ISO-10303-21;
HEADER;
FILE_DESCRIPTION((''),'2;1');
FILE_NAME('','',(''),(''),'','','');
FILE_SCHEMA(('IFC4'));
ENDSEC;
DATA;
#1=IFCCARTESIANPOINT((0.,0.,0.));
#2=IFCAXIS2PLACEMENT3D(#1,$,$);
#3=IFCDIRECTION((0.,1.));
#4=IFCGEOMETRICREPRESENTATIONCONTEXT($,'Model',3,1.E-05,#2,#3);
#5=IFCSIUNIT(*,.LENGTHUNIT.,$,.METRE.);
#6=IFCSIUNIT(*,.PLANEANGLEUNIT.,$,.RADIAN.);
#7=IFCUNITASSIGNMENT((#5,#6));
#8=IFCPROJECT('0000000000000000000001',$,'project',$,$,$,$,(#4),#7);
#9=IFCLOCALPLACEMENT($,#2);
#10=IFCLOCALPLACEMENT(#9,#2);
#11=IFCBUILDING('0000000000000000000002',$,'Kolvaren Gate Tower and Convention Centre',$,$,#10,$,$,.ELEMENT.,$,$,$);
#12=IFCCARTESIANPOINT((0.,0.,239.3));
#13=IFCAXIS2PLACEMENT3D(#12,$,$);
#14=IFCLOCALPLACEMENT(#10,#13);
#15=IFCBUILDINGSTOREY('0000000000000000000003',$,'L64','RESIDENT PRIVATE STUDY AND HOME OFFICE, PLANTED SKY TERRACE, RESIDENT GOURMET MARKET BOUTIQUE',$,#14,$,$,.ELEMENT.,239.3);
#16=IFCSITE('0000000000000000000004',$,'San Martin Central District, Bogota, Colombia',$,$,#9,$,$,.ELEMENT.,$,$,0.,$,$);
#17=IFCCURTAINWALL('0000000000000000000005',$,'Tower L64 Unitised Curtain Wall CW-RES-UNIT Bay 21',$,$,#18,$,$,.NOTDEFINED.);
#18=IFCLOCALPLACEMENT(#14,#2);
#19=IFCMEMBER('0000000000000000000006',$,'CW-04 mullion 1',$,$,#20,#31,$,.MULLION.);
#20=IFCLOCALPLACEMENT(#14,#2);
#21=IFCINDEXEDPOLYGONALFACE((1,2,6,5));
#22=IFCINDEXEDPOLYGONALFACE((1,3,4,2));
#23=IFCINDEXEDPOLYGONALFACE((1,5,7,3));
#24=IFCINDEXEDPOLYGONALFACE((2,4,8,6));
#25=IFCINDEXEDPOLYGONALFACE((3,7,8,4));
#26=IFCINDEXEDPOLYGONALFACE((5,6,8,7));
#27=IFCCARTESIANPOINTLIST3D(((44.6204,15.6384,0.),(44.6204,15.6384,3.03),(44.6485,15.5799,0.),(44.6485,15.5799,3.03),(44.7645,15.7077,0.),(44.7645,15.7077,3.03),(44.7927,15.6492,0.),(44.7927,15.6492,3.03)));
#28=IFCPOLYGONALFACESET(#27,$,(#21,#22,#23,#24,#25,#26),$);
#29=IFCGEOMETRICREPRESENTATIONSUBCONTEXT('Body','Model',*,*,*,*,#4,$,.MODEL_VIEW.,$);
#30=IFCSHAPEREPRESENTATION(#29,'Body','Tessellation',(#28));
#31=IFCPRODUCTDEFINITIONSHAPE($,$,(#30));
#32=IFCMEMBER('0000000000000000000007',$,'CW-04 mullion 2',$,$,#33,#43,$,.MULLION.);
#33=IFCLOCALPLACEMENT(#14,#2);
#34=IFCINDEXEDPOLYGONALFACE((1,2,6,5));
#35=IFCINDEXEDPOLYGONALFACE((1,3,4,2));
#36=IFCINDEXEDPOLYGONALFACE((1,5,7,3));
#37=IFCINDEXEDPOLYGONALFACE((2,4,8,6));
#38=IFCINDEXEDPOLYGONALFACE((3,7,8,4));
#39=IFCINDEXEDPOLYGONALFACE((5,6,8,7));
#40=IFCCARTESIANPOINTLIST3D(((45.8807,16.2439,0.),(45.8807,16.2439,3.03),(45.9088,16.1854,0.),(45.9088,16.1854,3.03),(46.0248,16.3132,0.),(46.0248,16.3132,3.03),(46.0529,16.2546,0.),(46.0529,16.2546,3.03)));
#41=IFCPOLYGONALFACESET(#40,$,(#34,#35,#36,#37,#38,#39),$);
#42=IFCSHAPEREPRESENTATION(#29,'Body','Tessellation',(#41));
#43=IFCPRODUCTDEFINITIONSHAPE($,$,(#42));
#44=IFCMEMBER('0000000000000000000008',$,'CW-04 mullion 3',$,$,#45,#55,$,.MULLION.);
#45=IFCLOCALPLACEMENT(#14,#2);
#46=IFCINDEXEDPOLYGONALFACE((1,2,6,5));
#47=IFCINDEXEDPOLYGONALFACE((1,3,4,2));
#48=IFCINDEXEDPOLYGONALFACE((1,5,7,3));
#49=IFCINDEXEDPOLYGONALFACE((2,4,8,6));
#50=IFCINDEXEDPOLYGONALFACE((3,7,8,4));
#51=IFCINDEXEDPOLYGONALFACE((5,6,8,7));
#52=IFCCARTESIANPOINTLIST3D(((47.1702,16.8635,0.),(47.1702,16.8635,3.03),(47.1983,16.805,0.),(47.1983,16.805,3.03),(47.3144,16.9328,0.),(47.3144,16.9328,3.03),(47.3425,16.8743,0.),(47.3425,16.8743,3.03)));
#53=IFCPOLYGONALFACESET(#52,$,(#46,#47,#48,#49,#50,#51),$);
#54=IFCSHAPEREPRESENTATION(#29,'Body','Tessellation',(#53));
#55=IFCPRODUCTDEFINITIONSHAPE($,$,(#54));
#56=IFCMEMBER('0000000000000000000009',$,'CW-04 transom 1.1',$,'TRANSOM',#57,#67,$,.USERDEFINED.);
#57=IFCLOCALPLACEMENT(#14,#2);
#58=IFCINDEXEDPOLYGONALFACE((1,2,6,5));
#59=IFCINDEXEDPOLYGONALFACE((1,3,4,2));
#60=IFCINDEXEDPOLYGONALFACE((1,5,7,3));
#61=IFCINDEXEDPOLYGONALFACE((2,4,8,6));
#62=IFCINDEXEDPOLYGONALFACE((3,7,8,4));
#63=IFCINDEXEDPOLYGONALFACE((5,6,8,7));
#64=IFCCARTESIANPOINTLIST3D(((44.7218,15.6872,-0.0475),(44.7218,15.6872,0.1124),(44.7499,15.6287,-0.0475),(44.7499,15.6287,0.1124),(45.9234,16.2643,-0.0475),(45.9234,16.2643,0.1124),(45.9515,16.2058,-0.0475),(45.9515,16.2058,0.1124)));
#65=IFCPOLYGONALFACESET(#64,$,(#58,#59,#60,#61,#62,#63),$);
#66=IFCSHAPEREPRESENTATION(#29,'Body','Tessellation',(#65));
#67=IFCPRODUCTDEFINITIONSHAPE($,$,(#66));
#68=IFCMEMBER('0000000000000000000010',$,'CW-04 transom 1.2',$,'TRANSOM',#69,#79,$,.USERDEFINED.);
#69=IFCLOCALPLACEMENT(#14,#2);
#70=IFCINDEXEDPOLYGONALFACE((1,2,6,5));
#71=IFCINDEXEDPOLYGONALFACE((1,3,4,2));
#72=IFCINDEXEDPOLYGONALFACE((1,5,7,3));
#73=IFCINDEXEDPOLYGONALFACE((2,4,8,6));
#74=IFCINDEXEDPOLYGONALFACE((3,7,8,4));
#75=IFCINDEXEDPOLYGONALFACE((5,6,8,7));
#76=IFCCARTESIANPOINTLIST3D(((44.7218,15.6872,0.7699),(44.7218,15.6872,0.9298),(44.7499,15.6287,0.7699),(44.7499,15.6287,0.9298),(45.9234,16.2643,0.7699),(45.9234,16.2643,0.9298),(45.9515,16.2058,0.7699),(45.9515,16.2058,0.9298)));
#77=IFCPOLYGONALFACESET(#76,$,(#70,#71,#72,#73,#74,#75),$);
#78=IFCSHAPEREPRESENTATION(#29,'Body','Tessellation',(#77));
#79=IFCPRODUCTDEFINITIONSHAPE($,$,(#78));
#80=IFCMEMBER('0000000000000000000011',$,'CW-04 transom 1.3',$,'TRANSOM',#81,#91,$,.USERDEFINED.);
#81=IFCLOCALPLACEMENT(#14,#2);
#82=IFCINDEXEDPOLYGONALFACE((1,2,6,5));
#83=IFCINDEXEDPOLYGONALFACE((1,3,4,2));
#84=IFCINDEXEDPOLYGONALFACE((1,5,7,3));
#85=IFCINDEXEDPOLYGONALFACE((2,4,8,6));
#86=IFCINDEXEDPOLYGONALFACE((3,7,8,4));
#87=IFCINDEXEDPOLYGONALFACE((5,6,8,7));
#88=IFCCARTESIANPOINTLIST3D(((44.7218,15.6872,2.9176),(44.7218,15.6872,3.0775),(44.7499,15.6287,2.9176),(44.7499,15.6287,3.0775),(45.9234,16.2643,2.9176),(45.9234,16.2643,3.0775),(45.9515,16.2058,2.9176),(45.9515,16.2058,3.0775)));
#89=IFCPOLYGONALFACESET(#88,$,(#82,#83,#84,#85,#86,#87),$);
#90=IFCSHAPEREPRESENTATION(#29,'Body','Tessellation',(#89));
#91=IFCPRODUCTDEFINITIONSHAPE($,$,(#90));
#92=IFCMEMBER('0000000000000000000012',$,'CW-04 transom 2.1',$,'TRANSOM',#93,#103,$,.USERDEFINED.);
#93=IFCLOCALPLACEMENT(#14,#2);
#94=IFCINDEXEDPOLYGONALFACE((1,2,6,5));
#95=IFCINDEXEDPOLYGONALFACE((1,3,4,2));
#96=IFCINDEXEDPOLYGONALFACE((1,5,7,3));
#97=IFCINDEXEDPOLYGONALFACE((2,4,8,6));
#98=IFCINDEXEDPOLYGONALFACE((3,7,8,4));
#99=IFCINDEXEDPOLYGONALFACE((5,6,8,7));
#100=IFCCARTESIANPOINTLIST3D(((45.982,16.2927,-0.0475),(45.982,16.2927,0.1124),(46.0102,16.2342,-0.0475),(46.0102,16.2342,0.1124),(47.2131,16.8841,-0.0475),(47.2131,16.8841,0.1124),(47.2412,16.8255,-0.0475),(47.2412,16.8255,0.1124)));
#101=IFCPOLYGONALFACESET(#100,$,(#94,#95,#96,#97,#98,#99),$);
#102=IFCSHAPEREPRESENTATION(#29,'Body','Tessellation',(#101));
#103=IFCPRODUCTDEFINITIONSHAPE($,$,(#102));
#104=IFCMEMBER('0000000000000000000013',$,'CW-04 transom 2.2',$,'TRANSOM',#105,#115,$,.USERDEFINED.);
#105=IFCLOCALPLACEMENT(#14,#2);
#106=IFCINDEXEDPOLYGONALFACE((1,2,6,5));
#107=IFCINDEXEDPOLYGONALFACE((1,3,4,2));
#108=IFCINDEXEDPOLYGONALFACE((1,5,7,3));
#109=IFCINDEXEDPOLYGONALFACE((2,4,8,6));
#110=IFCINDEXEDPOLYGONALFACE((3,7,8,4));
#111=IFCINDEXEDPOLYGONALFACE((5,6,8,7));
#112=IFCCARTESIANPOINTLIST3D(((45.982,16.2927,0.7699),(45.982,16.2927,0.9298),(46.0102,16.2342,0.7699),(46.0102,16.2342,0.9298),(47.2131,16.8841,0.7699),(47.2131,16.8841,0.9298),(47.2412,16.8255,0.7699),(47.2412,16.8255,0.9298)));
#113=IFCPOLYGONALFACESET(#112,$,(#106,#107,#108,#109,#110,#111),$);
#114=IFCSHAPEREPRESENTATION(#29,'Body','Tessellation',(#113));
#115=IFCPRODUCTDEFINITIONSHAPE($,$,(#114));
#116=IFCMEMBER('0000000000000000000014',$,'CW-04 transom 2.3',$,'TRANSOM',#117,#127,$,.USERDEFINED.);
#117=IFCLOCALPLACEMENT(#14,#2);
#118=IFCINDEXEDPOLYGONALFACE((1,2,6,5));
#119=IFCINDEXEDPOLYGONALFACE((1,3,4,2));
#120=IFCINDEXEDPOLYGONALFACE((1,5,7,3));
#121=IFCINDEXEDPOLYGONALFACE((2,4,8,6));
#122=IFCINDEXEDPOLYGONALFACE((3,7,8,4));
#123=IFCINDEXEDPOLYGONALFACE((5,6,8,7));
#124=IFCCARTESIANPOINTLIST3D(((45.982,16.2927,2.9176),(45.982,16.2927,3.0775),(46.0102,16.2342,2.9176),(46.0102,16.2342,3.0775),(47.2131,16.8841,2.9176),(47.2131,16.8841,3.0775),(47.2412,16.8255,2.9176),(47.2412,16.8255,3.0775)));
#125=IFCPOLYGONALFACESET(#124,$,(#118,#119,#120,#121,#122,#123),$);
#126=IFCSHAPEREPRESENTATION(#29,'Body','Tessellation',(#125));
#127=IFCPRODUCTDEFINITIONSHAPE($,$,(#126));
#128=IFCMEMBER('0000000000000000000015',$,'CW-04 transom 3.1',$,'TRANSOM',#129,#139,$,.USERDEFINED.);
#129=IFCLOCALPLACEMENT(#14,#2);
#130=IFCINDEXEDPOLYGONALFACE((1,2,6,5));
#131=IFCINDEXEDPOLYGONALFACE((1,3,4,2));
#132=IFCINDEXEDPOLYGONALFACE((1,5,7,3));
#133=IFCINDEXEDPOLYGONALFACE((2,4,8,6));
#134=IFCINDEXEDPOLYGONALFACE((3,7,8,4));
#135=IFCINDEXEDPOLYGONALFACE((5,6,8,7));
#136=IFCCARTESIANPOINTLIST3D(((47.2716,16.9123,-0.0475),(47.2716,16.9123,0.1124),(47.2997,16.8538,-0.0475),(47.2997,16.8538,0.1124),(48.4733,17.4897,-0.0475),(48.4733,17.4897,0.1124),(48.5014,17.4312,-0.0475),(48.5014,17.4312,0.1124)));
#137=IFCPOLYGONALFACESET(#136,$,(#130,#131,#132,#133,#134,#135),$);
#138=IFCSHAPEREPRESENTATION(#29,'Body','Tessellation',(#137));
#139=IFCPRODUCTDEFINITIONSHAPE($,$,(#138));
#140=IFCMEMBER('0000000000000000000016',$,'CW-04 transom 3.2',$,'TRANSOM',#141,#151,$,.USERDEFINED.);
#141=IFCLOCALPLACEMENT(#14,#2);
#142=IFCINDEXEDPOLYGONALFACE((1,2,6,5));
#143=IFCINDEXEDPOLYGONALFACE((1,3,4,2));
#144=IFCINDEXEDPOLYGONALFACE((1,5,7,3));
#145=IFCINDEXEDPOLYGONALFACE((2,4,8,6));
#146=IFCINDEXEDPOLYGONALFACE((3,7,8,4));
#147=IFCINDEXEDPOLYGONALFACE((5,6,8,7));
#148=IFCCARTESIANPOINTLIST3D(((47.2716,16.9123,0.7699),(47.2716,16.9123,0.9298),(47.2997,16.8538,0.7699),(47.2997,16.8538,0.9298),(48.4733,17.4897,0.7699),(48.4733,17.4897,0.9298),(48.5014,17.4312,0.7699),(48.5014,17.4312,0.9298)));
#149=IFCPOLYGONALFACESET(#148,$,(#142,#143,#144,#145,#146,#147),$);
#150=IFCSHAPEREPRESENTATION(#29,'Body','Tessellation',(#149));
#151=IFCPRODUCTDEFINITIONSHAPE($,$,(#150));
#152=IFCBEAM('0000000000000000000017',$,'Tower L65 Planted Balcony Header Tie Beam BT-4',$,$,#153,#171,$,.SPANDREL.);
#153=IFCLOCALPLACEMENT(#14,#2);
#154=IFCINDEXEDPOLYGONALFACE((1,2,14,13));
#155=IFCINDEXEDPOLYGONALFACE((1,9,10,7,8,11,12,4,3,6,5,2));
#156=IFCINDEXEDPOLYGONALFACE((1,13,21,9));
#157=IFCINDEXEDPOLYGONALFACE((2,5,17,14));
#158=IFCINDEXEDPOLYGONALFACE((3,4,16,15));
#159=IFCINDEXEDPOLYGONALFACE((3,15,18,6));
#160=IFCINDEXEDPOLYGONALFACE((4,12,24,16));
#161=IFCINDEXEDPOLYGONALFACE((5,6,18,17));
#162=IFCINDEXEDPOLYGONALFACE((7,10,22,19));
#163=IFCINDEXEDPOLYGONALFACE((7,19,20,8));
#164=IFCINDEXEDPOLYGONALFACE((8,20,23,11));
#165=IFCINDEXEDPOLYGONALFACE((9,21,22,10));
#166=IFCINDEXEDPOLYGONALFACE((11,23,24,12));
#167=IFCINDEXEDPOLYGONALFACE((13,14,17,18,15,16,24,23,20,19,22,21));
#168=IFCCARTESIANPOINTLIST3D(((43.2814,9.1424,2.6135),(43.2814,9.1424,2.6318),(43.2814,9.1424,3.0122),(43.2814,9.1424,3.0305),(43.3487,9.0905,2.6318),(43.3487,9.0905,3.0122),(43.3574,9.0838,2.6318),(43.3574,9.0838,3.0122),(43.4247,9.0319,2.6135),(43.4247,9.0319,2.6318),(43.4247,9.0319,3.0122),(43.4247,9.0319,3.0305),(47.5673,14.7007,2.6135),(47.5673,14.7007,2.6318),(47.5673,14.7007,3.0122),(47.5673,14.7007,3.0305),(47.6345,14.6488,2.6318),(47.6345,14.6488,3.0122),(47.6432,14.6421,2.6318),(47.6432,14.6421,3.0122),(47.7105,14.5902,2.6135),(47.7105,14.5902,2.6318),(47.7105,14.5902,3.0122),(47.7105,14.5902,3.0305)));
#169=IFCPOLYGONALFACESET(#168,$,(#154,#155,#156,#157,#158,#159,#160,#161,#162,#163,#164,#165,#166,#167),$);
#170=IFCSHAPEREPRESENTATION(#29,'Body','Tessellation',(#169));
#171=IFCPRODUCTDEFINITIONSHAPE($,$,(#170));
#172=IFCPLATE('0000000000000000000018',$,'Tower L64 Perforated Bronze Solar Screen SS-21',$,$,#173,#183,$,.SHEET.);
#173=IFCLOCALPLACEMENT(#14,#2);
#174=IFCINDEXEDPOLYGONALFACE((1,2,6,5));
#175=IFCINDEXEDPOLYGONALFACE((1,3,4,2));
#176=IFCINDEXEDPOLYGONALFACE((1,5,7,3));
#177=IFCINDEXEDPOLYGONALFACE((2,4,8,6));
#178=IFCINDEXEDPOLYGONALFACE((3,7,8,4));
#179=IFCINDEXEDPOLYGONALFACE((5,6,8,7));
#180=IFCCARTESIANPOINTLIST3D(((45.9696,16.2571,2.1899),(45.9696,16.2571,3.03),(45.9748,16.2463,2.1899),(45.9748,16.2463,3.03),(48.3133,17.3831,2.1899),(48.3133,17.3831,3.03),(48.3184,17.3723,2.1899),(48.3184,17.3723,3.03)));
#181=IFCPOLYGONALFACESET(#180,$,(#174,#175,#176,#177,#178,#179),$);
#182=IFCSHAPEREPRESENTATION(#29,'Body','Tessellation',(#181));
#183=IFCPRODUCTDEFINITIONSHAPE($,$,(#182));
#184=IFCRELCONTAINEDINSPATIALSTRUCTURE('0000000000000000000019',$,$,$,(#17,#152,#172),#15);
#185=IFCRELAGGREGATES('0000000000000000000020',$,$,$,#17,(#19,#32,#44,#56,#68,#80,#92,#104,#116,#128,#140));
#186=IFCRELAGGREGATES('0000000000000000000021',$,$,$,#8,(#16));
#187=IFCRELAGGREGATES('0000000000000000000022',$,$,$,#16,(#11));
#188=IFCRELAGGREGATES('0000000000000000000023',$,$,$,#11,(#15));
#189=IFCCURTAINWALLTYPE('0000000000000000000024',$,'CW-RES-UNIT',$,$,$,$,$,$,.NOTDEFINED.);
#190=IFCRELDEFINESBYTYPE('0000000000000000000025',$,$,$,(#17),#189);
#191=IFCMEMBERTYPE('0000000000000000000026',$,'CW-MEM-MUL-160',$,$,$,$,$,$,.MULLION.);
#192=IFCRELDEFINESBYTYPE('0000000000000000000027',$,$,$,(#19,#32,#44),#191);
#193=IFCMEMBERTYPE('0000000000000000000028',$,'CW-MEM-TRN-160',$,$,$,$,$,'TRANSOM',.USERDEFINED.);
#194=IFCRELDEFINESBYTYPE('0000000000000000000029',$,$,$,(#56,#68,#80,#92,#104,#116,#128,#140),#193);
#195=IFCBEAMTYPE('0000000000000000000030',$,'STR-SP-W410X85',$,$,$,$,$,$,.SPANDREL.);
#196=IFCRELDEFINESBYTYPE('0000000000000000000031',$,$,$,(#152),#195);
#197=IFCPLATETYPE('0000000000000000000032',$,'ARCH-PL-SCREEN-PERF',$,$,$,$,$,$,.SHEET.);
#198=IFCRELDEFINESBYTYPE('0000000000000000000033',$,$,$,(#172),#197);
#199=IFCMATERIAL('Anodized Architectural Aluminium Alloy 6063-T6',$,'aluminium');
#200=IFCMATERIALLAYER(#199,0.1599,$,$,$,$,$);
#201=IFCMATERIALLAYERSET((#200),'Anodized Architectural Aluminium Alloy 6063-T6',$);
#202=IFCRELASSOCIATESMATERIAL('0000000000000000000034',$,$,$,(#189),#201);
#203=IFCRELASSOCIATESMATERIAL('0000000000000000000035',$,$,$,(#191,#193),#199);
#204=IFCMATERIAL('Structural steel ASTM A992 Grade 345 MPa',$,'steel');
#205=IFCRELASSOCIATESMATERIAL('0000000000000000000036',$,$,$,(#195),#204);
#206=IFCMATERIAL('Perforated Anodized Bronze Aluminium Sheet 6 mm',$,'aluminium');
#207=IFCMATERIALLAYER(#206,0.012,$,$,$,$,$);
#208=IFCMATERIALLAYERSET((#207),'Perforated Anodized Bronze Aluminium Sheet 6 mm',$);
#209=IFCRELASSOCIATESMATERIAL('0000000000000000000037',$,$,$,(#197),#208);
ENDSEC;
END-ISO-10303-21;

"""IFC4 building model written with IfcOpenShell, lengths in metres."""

from ifc_helpers import new_model, si_unit, direction, frame, origin, origin_2d, place, context, subcontext, project, spatial, rectangle, i_section, extrude, material, layer, layer_set, material_profile, profile_set, type_object, element, aggregate, save


model = new_model("IFC4")

# Units and contexts
model_context = context("Model", 3, precision=1e-05, world=origin(), true_north=direction((0.0, 1.0)))
body_context = subcontext(model_context, "Body", "Model", "MODEL_VIEW")
ifc_project = project(units=[si_unit("LENGTHUNIT", "METRE"), si_unit("PLANEANGLEUNIT", "RADIAN")], contexts=[model_context])

# Site, building, storey
site_placement = place(None, origin())
site = spatial("IfcSite", under=ifc_project, at=site_placement, Name="San Martin Central District, Bogota, Colombia", CompositionType="ELEMENT", RefElevation=0.0)
building_placement = place(site_placement, origin())
building = spatial("IfcBuilding", under=site, at=building_placement, Name="Kolvaren Gate Tower and Convention Centre", CompositionType="ELEMENT")
storey_placement = place(building_placement, frame((0.0, 0.0, 239.3)))
storey = spatial("IfcBuildingStorey", under=building, at=storey_placement, Name="L64", Description="RESIDENT PRIVATE STUDY AND HOME OFFICE, PLANTED SKY TERRACE, RESIDENT GOURMET MARKET BOUTIQUE", CompositionType="ELEMENT", Elevation=239.3)

# Curtain wall, members
ifc_material_1 = material(Name="Anodized Architectural Aluminium Alloy 6063-T6", Category="aluminium")
ifc_layer_1 = layer(ifc_material_1, 0.1599)
ifc_layer_set_1 = layer_set([ifc_layer_1], Name="Anodized Architectural Aluminium Alloy 6063-T6")
curtain_wall_type = type_object("IfcCurtainWallType", Name="CW-RES-UNIT", PredefinedType="NOTDEFINED", material=ifc_layer_set_1)
curtain_wall_placement = place(storey_placement, origin())
curtain_wall = element("IfcCurtainWall", 1, at=curtain_wall_placement, inside=storey, type_object=curtain_wall_type, Name="Tower L64 Unitised Curtain Wall CW-RES-UNIT Bay 21", PredefinedType="NOTDEFINED")
ifc_material_profile_1 = material_profile(ifc_material_1, rectangle(XDim=0.0649, YDim=0.1599, at=origin_2d()), Name="CW-MEM-MUL-160")
ifc_profile_set_1 = profile_set([ifc_material_profile_1], Name="Anodized Architectural Aluminium Alloy 6063-T6")
member_type_1 = type_object("IfcMemberType", Name="CW-MEM-MUL-160", PredefinedType="MULLION", material=ifc_profile_set_1)
member_1_placement = place(storey_placement, frame((44.7065, 15.6438, 0.0), z_axis=(0.0, 0.0, 1.0), x_axis=(-0.433086, 0.901353, 0.0)))
member_1 = element("IfcMember", 2, at=member_1_placement, type_object=member_type_1, Name="CW-04 mullion 1", PredefinedType="MULLION", context=body_context, shape_type="SweptSolid", body=[
    extrude(rectangle(XDim=0.0649, YDim=0.1599, at=origin_2d()), origin(), (0.0, 0.0, 1.0), 3.03),
])
member_2_placement = place(storey_placement, frame((45.9668, 16.2493, 0.0), z_axis=(0.0, 0.0, 1.0), x_axis=(-0.433086, 0.901353, 0.0)))
member_2 = element("IfcMember", 3, at=member_2_placement, type_object=member_type_1, Name="CW-04 mullion 2", PredefinedType="MULLION", context=body_context, shape_type="SweptSolid", body=[
    extrude(rectangle(XDim=0.0649, YDim=0.1599, at=origin_2d()), origin(), (0.0, 0.0, 1.0), 3.03),
])
member_3_placement = place(storey_placement, frame((47.2563, 16.8689, 0.0), z_axis=(0.0, 0.0, 1.0), x_axis=(-0.433086, 0.901353, 0.0)))
member_3 = element("IfcMember", 4, at=member_3_placement, type_object=member_type_1, Name="CW-04 mullion 3", PredefinedType="MULLION", context=body_context, shape_type="SweptSolid", body=[
    extrude(rectangle(XDim=0.0649, YDim=0.1599, at=origin_2d()), origin(), (0.0, 0.0, 1.0), 3.03),
])
ifc_material_profile_2 = material_profile(ifc_material_1, rectangle(XDim=0.0649, YDim=0.1599, at=origin_2d()), Name="CW-MEM-TRN-160")
ifc_profile_set_2 = profile_set([ifc_material_profile_2], Name="Anodized Architectural Aluminium Alloy 6063-T6")
member_type_2 = type_object("IfcMemberType", Name="CW-MEM-TRN-160", ElementType="TRANSOM", PredefinedType="USERDEFINED", material=ifc_profile_set_2)
member_4_placement = place(storey_placement, frame((44.7358, 15.658, 0.0325), z_axis=(0.90142, 0.432945, 0.0), x_axis=(-0.432945, 0.90142, 0.0)))
member_4 = element("IfcMember", 5, at=member_4_placement, type_object=member_type_2, Name="CW-04 transom 1.1", ObjectType="TRANSOM", PredefinedType="USERDEFINED", context=body_context, shape_type="SweptSolid", body=[
    extrude(rectangle(XDim=0.0649, YDim=0.1599, at=origin_2d()), origin(), (0.0, 0.0, 1.0), 1.333),
])
member_5_placement = place(storey_placement, frame((44.7358, 15.658, 0.8499), z_axis=(0.90142, 0.432945, 0.0), x_axis=(-0.432945, 0.90142, 0.0)))
member_5 = element("IfcMember", 6, at=member_5_placement, type_object=member_type_2, Name="CW-04 transom 1.2", ObjectType="TRANSOM", PredefinedType="USERDEFINED", context=body_context, shape_type="SweptSolid", body=[
    extrude(rectangle(XDim=0.0649, YDim=0.1599, at=origin_2d()), origin(), (0.0, 0.0, 1.0), 1.333),
])
member_6_placement = place(storey_placement, frame((44.7358, 15.658, 2.9976), z_axis=(0.90142, 0.432945, 0.0), x_axis=(-0.432945, 0.90142, 0.0)))
member_6 = element("IfcMember", 7, at=member_6_placement, type_object=member_type_2, Name="CW-04 transom 1.3", ObjectType="TRANSOM", PredefinedType="USERDEFINED", context=body_context, shape_type="SweptSolid", body=[
    extrude(rectangle(XDim=0.0649, YDim=0.1599, at=origin_2d()), origin(), (0.0, 0.0, 1.0), 1.333),
])
member_7_placement = place(storey_placement, frame((45.9961, 16.2634, 0.0325), z_axis=(0.901395, 0.432998, 0.0), x_axis=(-0.432998, 0.901395, 0.0)))
member_7 = element("IfcMember", 8, at=member_7_placement, type_object=member_type_2, Name="CW-04 transom 2.1", ObjectType="TRANSOM", PredefinedType="USERDEFINED", context=body_context, shape_type="SweptSolid", body=[
    extrude(rectangle(XDim=0.0649, YDim=0.1599, at=origin_2d()), origin(), (0.0, 0.0, 1.0), 1.3657),
])
member_8_placement = place(storey_placement, frame((45.9961, 16.2634, 0.8499), z_axis=(0.901395, 0.432998, 0.0), x_axis=(-0.432998, 0.901395, 0.0)))
member_8 = element("IfcMember", 9, at=member_8_placement, type_object=member_type_2, Name="CW-04 transom 2.2", ObjectType="TRANSOM", PredefinedType="USERDEFINED", context=body_context, shape_type="SweptSolid", body=[
    extrude(rectangle(XDim=0.0649, YDim=0.1599, at=origin_2d()), origin(), (0.0, 0.0, 1.0), 1.3657),
])
member_9_placement = place(storey_placement, frame((45.9961, 16.2634, 2.9976), z_axis=(0.901395, 0.432998, 0.0), x_axis=(-0.432998, 0.901395, 0.0)))
member_9 = element("IfcMember", 10, at=member_9_placement, type_object=member_type_2, Name="CW-04 transom 2.3", ObjectType="TRANSOM", PredefinedType="USERDEFINED", context=body_context, shape_type="SweptSolid", body=[
    extrude(rectangle(XDim=0.0649, YDim=0.1599, at=origin_2d()), origin(), (0.0, 0.0, 1.0), 1.3657),
])
member_10_placement = place(storey_placement, frame((47.2856, 16.8831, 0.0325), z_axis=(0.901349, 0.433094, 0.0), x_axis=(-0.433094, 0.901349, 0.0)))
member_10 = element("IfcMember", 11, at=member_10_placement, type_object=member_type_2, Name="CW-04 transom 3.1", ObjectType="TRANSOM", PredefinedType="USERDEFINED", context=body_context, shape_type="SweptSolid", body=[
    extrude(rectangle(XDim=0.0649, YDim=0.1599, at=origin_2d()), origin(), (0.0, 0.0, 1.0), 1.3333),
])
member_11_placement = place(storey_placement, frame((47.2856, 16.8831, 0.8499), z_axis=(0.901349, 0.433094, 0.0), x_axis=(-0.433094, 0.901349, 0.0)))
member_11 = element("IfcMember", 12, at=member_11_placement, type_object=member_type_2, Name="CW-04 transom 3.2", ObjectType="TRANSOM", PredefinedType="USERDEFINED", context=body_context, shape_type="SweptSolid", body=[
    extrude(rectangle(XDim=0.0649, YDim=0.1599, at=origin_2d()), origin(), (0.0, 0.0, 1.0), 1.3333),
])

# Beam
ifc_material_2 = material(Name="Structural steel ASTM A992 Grade 345 MPa", Category="steel")
ifc_material_profile_3 = material_profile(ifc_material_2, i_section(OverallWidth=0.1809, OverallDepth=0.417, WebThickness=0.011, FlangeThickness=0.0183, at=origin_2d()), Name="W410X85")
ifc_profile_set_3 = profile_set([ifc_material_profile_3], Name="Structural steel ASTM A992 Grade 345 MPa")
beam_type = type_object("IfcBeamType", Name="STR-SP-W410X85", PredefinedType="SPANDREL", material=ifc_profile_set_3)
beam_placement = place(storey_placement, frame((43.353, 9.0872, 2.822), z_axis=(0.610626, 0.791919, 0.0), x_axis=(-0.791919, 0.610626, 0.0)))
element("IfcBeam", 13, at=beam_placement, inside=storey, type_object=beam_type, Name="Tower L65 Planted Balcony Header Tie Beam BT-4", PredefinedType="SPANDREL", context=body_context, shape_type="SweptSolid", body=[
    extrude(i_section(OverallWidth=0.1809, OverallDepth=0.417, WebThickness=0.011, FlangeThickness=0.0183, at=origin_2d()), origin(), (0.0, 0.0, 1.0), 7.0188),
])

# Plate
ifc_material_3 = material(Name="Perforated Anodized Bronze Aluminium Sheet 6 mm", Category="aluminium")
ifc_layer_2 = layer(ifc_material_3, 0.012)
ifc_layer_set_2 = layer_set([ifc_layer_2], Name="Perforated Anodized Bronze Aluminium Sheet 6 mm")
plate_type_1 = type_object("IfcPlateType", Name="ARCH-PL-SCREEN-PERF", PredefinedType="SHEET", material=ifc_layer_set_2)
plate_1_placement = place(storey_placement, frame((47.144, 16.8147, 2.1899), z_axis=(0.0, 0.0, 1.0), x_axis=(0.901358, 0.433076, 0.0)))
element("IfcPlate", 14, at=plate_1_placement, inside=storey, type_object=plate_type_1, Name="Tower L64 Perforated Bronze Solar Screen SS-21", PredefinedType="SHEET", context=body_context, shape_type="SweptSolid", body=[
    extrude(rectangle(XDim=2.6001, YDim=0.012, at=origin_2d()), origin(), (0.0, 0.0, 1.0), 0.8401),
])
aggregate(curtain_wall, [member_1, member_2, member_3, member_4, member_5, member_6, member_7, member_8, member_9, member_10, member_11])

save(model, "model.ifc")
